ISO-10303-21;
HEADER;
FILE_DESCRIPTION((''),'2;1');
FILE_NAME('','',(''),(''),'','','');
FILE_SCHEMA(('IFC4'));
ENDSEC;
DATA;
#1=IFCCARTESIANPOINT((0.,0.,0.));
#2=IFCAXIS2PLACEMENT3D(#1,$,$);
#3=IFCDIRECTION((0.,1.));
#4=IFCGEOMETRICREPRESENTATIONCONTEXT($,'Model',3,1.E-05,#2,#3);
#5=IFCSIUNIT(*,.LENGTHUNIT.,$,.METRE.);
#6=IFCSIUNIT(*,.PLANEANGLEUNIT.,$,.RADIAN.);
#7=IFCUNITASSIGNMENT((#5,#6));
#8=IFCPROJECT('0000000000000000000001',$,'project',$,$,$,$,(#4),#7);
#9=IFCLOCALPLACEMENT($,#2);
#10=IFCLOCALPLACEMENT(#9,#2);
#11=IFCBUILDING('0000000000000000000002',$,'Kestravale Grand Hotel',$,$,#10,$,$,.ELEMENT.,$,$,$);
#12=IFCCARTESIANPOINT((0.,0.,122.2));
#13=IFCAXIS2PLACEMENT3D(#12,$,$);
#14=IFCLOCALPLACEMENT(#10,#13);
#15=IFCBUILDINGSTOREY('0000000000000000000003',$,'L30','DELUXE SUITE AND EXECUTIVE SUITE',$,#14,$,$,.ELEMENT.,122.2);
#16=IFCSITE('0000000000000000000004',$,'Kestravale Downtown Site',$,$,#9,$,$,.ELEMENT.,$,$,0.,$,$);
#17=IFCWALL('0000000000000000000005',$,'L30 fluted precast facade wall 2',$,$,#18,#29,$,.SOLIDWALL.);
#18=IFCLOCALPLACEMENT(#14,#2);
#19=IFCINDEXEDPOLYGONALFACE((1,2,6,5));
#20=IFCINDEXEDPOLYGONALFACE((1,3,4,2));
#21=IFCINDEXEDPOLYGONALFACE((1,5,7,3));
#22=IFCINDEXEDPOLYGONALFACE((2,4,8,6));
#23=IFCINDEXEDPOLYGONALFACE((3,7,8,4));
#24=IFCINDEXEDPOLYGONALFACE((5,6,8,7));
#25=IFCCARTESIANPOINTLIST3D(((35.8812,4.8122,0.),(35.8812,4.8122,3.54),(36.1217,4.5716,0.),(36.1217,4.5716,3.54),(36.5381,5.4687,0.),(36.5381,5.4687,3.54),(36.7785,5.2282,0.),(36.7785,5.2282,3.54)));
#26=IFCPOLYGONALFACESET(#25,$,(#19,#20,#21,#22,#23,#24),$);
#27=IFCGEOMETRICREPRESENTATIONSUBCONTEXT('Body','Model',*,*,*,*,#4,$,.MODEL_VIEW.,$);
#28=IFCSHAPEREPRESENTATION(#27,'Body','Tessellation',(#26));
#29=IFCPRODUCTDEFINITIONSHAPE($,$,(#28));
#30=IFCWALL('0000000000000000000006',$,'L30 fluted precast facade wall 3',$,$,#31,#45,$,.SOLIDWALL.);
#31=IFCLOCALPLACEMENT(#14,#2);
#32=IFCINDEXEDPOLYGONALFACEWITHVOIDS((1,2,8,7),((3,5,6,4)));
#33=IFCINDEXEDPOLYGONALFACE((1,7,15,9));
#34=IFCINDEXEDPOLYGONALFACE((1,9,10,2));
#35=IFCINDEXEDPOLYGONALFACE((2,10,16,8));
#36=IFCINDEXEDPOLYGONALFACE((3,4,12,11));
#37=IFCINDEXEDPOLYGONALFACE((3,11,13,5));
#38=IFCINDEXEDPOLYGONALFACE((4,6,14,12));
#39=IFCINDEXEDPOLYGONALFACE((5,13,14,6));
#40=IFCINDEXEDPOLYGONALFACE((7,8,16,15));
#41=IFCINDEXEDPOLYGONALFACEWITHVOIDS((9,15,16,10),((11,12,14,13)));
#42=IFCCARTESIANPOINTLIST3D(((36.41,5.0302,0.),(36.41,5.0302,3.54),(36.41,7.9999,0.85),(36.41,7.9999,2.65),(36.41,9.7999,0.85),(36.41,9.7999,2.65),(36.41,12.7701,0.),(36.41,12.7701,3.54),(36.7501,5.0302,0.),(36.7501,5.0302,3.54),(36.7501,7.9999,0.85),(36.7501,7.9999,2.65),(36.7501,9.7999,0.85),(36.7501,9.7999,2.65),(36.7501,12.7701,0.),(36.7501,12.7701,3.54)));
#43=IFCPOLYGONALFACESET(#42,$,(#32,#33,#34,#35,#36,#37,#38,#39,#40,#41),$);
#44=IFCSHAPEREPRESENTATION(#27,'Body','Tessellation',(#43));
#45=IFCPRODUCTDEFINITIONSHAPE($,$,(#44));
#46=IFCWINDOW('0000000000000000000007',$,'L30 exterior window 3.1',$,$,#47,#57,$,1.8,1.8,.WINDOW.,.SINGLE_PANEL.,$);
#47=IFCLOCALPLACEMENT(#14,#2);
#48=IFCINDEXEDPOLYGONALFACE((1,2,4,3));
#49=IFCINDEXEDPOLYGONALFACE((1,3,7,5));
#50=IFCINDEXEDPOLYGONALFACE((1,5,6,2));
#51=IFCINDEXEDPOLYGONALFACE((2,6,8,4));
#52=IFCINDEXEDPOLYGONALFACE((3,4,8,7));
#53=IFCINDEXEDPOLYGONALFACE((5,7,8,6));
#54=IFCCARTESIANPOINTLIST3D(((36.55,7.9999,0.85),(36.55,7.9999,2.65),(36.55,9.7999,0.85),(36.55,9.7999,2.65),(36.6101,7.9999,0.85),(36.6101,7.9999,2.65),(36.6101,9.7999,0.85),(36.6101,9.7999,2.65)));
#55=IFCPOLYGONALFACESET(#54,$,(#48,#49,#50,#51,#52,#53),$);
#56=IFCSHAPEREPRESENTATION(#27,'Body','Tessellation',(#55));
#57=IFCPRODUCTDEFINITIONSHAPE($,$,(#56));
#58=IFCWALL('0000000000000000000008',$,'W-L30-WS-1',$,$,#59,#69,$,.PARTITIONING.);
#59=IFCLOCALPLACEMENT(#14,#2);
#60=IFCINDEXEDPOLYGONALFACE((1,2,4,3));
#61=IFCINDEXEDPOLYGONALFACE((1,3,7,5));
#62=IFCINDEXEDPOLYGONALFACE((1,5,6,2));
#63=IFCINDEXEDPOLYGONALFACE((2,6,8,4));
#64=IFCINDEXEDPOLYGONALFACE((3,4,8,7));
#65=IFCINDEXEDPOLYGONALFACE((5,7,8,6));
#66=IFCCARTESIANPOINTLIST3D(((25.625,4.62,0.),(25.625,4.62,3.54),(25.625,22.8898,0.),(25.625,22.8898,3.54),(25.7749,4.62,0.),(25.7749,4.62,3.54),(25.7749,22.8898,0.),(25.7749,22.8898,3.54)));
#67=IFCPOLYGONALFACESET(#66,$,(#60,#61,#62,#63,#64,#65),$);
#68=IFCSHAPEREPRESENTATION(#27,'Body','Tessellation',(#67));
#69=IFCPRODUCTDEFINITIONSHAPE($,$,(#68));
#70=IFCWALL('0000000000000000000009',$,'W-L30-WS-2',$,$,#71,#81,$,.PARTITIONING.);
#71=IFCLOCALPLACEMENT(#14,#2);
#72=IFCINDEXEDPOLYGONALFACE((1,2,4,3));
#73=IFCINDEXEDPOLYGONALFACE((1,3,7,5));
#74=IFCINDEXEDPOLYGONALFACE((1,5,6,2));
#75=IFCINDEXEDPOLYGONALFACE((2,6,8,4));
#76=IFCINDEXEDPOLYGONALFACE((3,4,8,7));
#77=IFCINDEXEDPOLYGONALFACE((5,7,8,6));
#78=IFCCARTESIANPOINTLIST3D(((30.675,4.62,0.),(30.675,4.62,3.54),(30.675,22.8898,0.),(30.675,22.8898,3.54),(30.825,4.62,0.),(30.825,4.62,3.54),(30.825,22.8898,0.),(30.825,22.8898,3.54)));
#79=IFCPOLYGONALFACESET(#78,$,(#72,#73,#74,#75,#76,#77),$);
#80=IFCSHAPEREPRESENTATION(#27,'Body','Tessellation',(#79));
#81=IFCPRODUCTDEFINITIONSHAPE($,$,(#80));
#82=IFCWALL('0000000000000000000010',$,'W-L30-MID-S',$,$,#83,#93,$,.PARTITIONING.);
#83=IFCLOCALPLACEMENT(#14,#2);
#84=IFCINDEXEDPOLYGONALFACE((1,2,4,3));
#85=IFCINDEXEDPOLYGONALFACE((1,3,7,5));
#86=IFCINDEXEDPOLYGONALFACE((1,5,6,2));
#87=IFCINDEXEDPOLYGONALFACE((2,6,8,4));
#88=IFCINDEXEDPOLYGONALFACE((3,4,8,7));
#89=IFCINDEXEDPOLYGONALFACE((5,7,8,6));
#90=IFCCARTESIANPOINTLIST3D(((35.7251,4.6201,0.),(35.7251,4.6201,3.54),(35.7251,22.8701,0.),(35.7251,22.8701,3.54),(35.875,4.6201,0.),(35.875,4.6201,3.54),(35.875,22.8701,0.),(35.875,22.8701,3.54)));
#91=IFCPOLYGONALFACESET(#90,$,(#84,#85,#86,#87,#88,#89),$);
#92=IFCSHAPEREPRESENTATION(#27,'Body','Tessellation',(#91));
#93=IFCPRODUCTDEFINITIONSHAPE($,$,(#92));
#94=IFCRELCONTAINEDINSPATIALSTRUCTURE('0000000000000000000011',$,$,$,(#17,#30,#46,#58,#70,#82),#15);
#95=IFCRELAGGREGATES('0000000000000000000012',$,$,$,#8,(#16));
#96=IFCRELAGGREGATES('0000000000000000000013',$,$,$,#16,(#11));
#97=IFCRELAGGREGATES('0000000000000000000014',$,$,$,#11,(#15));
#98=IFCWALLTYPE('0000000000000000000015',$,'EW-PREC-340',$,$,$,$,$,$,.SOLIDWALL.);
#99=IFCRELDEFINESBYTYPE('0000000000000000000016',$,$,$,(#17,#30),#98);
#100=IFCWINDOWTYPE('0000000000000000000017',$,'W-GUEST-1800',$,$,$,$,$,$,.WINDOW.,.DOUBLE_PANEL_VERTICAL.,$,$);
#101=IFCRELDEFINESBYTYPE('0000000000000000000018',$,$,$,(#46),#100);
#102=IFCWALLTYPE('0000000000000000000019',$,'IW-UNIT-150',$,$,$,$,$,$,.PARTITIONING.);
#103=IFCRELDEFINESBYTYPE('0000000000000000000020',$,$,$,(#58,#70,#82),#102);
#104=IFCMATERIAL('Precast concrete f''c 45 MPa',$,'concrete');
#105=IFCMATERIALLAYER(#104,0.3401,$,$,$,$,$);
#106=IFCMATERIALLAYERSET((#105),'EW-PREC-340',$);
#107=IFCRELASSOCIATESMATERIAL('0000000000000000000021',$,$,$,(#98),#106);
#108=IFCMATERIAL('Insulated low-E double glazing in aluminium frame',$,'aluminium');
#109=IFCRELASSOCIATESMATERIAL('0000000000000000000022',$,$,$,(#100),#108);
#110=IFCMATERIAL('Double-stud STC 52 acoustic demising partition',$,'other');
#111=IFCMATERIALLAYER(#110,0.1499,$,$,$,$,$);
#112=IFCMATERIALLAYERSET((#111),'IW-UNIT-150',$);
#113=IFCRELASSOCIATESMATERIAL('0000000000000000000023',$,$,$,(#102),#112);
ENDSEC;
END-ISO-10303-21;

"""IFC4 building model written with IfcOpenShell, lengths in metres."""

from ifc_helpers import new_model, si_unit, direction, frame, frame_2d, origin, place, context, subcontext, project, spatial, rectangle, extrude, material, layer, layer_set, type_object, element, fill, save


model = new_model("IFC4")

# Units and contexts
model_context = context("Model", 3, precision=1e-05, world=origin(), true_north=direction((0.0, 1.0)))
body_context = subcontext(model_context, "Body", "Model", "MODEL_VIEW")
ifc_project = project(units=[si_unit("LENGTHUNIT", "METRE"), si_unit("PLANEANGLEUNIT", "RADIAN")], contexts=[model_context])

# Site, building, storey
site_placement = place(None, origin())
site = spatial("IfcSite", under=ifc_project, at=site_placement, Name="Kestravale Downtown Site", CompositionType="ELEMENT", RefElevation=0.0)
building_placement = place(site_placement, origin())
building = spatial("IfcBuilding", under=site, at=building_placement, Name="Kestravale Grand Hotel", CompositionType="ELEMENT")
storey_placement = place(building_placement, frame((0.0, 0.0, 122.2)))
storey = spatial("IfcBuildingStorey", under=building, at=storey_placement, Name="L30", Description="DELUXE SUITE AND EXECUTIVE SUITE", CompositionType="ELEMENT", Elevation=122.2)

# Wall
ifc_material_1 = material(Name="Precast concrete f'c 45 MPa", Category="concrete")
ifc_layer_1 = layer(ifc_material_1, 0.3401)
ifc_layer_set_1 = layer_set([ifc_layer_1], Name="EW-PREC-340")
wall_type_1 = type_object("IfcWallType", Name="EW-PREC-340", PredefinedType="SOLIDWALL", material=ifc_layer_set_1)
wall_1_placement = place(storey_placement, frame((36.0015, 4.6919, 0.0), z_axis=(0.0, 0.0, 1.0), x_axis=(0.707238, 0.706975, 0.0)))
element("IfcWall", 1, at=wall_1_placement, inside=storey, type_object=wall_type_1, Name="L30 fluted precast facade wall 2", PredefinedType="SOLIDWALL", context=body_context, shape_type="SweptSolid", body=[
    extrude(rectangle(XDim=0.9287, YDim=0.3401, at=frame_2d((0.4644, 0.0))), origin(), (0.0, 0.0, 1.0), 3.54),
])

# Wall, opening, window
wall_2_placement = place(storey_placement, frame((36.5801, 5.03, 0.0), z_axis=(0.0, 0.0, 1.0), x_axis=(0.0, 1.0, 0.0)))
wall_2 = element("IfcWall", 2, at=wall_2_placement, inside=storey, type_object=wall_type_1, Name="L30 fluted precast facade wall 3", PredefinedType="SOLIDWALL", context=body_context, shape_type="SweptSolid", body=[
    extrude(rectangle(XDim=7.74, YDim=0.3401, at=frame_2d((3.8701, 0.0))), origin(), (0.0, 0.0, 1.0), 3.54),
])
opening_placement = place(wall_2_placement, frame((2.97, 0.0, 0.8501)))
opening = element("IfcOpeningElement", 3, at=opening_placement, cuts=wall_2, PredefinedType="OPENING", context=body_context, shape_type="SweptSolid", body=[
    extrude(rectangle(XDim=1.8, YDim=1.8, at=frame_2d((0.8999, 0.8999))), frame((0.0, 0.1799, 0.0), z_axis=(0.0, -1.0, 0.0), x_axis=(1.0, 0.0, 0.0)), (0.0, 0.0, 1.0), 0.3601),
])
ifc_material_2 = material(Name="Insulated low-E double glazing in aluminium frame", Category="aluminium")
window_type = type_object("IfcWindowType", Name="W-GUEST-1800", PartitioningType="DOUBLE_PANEL_VERTICAL", PredefinedType="WINDOW", material=ifc_material_2)
window_placement = place(opening_placement, origin())
window = element("IfcWindow", 4, at=window_placement, inside=storey, type_object=window_type, Name="L30 exterior window 3.1", OverallHeight=1.8, OverallWidth=1.8, PartitioningType="SINGLE_PANEL", PredefinedType="WINDOW", context=body_context, shape_type="SweptSolid", body=[
    extrude(rectangle(XDim=1.8, YDim=1.8, at=frame_2d((0.8999, 0.8999))), frame((0.0, 0.03, 0.0), z_axis=(0.0, -1.0, 0.0), x_axis=(1.0, 0.0, 0.0)), (0.0, 0.0, 1.0), 0.0601),
])
fill(opening, window)

# Walls
ifc_material_3 = material(Name="Double-stud STC 52 acoustic demising partition", Category="other")
ifc_layer_2 = layer(ifc_material_3, 0.1499)
ifc_layer_set_2 = layer_set([ifc_layer_2], Name="IW-UNIT-150")
wall_type_2 = type_object("IfcWallType", Name="IW-UNIT-150", PredefinedType="PARTITIONING", material=ifc_layer_set_2)
for number, where, z_axis, x_axis, name in (
    (5, (25.7, 4.6201, 0.0), (0.0, 0.0, 1.0), (0.0, 1.0, 0.0), "W-L30-WS-1"),
    (6, (30.75, 4.6201, 0.0), (0.0, 0.0, 1.0), (0.0, 1.0, 0.0), "W-L30-WS-2"),
):
    element("IfcWall", number, at=place(storey_placement, frame(where, z_axis=z_axis, x_axis=x_axis)), inside=storey, type_object=wall_type_2, Name=name, PredefinedType="PARTITIONING", context=body_context, shape_type="SweptSolid", body=[
        extrude(rectangle(XDim=18.2698, YDim=0.1499, at=frame_2d((9.1348, 0.0))), origin(), (0.0, 0.0, 1.0), 3.54),
    ])
wall_3_placement = place(storey_placement, frame((35.8, 4.6201, 0.0), z_axis=(0.0, 0.0, 1.0), x_axis=(0.0, 1.0, 0.0)))
element("IfcWall", 7, at=wall_3_placement, inside=storey, type_object=wall_type_2, Name="W-L30-MID-S", PredefinedType="PARTITIONING", context=body_context, shape_type="SweptSolid", body=[
    extrude(rectangle(XDim=18.25, YDim=0.1499, at=frame_2d((9.125, 0.0))), origin(), (0.0, 0.0, 1.0), 3.54),
])

save(model, "model.ifc")
